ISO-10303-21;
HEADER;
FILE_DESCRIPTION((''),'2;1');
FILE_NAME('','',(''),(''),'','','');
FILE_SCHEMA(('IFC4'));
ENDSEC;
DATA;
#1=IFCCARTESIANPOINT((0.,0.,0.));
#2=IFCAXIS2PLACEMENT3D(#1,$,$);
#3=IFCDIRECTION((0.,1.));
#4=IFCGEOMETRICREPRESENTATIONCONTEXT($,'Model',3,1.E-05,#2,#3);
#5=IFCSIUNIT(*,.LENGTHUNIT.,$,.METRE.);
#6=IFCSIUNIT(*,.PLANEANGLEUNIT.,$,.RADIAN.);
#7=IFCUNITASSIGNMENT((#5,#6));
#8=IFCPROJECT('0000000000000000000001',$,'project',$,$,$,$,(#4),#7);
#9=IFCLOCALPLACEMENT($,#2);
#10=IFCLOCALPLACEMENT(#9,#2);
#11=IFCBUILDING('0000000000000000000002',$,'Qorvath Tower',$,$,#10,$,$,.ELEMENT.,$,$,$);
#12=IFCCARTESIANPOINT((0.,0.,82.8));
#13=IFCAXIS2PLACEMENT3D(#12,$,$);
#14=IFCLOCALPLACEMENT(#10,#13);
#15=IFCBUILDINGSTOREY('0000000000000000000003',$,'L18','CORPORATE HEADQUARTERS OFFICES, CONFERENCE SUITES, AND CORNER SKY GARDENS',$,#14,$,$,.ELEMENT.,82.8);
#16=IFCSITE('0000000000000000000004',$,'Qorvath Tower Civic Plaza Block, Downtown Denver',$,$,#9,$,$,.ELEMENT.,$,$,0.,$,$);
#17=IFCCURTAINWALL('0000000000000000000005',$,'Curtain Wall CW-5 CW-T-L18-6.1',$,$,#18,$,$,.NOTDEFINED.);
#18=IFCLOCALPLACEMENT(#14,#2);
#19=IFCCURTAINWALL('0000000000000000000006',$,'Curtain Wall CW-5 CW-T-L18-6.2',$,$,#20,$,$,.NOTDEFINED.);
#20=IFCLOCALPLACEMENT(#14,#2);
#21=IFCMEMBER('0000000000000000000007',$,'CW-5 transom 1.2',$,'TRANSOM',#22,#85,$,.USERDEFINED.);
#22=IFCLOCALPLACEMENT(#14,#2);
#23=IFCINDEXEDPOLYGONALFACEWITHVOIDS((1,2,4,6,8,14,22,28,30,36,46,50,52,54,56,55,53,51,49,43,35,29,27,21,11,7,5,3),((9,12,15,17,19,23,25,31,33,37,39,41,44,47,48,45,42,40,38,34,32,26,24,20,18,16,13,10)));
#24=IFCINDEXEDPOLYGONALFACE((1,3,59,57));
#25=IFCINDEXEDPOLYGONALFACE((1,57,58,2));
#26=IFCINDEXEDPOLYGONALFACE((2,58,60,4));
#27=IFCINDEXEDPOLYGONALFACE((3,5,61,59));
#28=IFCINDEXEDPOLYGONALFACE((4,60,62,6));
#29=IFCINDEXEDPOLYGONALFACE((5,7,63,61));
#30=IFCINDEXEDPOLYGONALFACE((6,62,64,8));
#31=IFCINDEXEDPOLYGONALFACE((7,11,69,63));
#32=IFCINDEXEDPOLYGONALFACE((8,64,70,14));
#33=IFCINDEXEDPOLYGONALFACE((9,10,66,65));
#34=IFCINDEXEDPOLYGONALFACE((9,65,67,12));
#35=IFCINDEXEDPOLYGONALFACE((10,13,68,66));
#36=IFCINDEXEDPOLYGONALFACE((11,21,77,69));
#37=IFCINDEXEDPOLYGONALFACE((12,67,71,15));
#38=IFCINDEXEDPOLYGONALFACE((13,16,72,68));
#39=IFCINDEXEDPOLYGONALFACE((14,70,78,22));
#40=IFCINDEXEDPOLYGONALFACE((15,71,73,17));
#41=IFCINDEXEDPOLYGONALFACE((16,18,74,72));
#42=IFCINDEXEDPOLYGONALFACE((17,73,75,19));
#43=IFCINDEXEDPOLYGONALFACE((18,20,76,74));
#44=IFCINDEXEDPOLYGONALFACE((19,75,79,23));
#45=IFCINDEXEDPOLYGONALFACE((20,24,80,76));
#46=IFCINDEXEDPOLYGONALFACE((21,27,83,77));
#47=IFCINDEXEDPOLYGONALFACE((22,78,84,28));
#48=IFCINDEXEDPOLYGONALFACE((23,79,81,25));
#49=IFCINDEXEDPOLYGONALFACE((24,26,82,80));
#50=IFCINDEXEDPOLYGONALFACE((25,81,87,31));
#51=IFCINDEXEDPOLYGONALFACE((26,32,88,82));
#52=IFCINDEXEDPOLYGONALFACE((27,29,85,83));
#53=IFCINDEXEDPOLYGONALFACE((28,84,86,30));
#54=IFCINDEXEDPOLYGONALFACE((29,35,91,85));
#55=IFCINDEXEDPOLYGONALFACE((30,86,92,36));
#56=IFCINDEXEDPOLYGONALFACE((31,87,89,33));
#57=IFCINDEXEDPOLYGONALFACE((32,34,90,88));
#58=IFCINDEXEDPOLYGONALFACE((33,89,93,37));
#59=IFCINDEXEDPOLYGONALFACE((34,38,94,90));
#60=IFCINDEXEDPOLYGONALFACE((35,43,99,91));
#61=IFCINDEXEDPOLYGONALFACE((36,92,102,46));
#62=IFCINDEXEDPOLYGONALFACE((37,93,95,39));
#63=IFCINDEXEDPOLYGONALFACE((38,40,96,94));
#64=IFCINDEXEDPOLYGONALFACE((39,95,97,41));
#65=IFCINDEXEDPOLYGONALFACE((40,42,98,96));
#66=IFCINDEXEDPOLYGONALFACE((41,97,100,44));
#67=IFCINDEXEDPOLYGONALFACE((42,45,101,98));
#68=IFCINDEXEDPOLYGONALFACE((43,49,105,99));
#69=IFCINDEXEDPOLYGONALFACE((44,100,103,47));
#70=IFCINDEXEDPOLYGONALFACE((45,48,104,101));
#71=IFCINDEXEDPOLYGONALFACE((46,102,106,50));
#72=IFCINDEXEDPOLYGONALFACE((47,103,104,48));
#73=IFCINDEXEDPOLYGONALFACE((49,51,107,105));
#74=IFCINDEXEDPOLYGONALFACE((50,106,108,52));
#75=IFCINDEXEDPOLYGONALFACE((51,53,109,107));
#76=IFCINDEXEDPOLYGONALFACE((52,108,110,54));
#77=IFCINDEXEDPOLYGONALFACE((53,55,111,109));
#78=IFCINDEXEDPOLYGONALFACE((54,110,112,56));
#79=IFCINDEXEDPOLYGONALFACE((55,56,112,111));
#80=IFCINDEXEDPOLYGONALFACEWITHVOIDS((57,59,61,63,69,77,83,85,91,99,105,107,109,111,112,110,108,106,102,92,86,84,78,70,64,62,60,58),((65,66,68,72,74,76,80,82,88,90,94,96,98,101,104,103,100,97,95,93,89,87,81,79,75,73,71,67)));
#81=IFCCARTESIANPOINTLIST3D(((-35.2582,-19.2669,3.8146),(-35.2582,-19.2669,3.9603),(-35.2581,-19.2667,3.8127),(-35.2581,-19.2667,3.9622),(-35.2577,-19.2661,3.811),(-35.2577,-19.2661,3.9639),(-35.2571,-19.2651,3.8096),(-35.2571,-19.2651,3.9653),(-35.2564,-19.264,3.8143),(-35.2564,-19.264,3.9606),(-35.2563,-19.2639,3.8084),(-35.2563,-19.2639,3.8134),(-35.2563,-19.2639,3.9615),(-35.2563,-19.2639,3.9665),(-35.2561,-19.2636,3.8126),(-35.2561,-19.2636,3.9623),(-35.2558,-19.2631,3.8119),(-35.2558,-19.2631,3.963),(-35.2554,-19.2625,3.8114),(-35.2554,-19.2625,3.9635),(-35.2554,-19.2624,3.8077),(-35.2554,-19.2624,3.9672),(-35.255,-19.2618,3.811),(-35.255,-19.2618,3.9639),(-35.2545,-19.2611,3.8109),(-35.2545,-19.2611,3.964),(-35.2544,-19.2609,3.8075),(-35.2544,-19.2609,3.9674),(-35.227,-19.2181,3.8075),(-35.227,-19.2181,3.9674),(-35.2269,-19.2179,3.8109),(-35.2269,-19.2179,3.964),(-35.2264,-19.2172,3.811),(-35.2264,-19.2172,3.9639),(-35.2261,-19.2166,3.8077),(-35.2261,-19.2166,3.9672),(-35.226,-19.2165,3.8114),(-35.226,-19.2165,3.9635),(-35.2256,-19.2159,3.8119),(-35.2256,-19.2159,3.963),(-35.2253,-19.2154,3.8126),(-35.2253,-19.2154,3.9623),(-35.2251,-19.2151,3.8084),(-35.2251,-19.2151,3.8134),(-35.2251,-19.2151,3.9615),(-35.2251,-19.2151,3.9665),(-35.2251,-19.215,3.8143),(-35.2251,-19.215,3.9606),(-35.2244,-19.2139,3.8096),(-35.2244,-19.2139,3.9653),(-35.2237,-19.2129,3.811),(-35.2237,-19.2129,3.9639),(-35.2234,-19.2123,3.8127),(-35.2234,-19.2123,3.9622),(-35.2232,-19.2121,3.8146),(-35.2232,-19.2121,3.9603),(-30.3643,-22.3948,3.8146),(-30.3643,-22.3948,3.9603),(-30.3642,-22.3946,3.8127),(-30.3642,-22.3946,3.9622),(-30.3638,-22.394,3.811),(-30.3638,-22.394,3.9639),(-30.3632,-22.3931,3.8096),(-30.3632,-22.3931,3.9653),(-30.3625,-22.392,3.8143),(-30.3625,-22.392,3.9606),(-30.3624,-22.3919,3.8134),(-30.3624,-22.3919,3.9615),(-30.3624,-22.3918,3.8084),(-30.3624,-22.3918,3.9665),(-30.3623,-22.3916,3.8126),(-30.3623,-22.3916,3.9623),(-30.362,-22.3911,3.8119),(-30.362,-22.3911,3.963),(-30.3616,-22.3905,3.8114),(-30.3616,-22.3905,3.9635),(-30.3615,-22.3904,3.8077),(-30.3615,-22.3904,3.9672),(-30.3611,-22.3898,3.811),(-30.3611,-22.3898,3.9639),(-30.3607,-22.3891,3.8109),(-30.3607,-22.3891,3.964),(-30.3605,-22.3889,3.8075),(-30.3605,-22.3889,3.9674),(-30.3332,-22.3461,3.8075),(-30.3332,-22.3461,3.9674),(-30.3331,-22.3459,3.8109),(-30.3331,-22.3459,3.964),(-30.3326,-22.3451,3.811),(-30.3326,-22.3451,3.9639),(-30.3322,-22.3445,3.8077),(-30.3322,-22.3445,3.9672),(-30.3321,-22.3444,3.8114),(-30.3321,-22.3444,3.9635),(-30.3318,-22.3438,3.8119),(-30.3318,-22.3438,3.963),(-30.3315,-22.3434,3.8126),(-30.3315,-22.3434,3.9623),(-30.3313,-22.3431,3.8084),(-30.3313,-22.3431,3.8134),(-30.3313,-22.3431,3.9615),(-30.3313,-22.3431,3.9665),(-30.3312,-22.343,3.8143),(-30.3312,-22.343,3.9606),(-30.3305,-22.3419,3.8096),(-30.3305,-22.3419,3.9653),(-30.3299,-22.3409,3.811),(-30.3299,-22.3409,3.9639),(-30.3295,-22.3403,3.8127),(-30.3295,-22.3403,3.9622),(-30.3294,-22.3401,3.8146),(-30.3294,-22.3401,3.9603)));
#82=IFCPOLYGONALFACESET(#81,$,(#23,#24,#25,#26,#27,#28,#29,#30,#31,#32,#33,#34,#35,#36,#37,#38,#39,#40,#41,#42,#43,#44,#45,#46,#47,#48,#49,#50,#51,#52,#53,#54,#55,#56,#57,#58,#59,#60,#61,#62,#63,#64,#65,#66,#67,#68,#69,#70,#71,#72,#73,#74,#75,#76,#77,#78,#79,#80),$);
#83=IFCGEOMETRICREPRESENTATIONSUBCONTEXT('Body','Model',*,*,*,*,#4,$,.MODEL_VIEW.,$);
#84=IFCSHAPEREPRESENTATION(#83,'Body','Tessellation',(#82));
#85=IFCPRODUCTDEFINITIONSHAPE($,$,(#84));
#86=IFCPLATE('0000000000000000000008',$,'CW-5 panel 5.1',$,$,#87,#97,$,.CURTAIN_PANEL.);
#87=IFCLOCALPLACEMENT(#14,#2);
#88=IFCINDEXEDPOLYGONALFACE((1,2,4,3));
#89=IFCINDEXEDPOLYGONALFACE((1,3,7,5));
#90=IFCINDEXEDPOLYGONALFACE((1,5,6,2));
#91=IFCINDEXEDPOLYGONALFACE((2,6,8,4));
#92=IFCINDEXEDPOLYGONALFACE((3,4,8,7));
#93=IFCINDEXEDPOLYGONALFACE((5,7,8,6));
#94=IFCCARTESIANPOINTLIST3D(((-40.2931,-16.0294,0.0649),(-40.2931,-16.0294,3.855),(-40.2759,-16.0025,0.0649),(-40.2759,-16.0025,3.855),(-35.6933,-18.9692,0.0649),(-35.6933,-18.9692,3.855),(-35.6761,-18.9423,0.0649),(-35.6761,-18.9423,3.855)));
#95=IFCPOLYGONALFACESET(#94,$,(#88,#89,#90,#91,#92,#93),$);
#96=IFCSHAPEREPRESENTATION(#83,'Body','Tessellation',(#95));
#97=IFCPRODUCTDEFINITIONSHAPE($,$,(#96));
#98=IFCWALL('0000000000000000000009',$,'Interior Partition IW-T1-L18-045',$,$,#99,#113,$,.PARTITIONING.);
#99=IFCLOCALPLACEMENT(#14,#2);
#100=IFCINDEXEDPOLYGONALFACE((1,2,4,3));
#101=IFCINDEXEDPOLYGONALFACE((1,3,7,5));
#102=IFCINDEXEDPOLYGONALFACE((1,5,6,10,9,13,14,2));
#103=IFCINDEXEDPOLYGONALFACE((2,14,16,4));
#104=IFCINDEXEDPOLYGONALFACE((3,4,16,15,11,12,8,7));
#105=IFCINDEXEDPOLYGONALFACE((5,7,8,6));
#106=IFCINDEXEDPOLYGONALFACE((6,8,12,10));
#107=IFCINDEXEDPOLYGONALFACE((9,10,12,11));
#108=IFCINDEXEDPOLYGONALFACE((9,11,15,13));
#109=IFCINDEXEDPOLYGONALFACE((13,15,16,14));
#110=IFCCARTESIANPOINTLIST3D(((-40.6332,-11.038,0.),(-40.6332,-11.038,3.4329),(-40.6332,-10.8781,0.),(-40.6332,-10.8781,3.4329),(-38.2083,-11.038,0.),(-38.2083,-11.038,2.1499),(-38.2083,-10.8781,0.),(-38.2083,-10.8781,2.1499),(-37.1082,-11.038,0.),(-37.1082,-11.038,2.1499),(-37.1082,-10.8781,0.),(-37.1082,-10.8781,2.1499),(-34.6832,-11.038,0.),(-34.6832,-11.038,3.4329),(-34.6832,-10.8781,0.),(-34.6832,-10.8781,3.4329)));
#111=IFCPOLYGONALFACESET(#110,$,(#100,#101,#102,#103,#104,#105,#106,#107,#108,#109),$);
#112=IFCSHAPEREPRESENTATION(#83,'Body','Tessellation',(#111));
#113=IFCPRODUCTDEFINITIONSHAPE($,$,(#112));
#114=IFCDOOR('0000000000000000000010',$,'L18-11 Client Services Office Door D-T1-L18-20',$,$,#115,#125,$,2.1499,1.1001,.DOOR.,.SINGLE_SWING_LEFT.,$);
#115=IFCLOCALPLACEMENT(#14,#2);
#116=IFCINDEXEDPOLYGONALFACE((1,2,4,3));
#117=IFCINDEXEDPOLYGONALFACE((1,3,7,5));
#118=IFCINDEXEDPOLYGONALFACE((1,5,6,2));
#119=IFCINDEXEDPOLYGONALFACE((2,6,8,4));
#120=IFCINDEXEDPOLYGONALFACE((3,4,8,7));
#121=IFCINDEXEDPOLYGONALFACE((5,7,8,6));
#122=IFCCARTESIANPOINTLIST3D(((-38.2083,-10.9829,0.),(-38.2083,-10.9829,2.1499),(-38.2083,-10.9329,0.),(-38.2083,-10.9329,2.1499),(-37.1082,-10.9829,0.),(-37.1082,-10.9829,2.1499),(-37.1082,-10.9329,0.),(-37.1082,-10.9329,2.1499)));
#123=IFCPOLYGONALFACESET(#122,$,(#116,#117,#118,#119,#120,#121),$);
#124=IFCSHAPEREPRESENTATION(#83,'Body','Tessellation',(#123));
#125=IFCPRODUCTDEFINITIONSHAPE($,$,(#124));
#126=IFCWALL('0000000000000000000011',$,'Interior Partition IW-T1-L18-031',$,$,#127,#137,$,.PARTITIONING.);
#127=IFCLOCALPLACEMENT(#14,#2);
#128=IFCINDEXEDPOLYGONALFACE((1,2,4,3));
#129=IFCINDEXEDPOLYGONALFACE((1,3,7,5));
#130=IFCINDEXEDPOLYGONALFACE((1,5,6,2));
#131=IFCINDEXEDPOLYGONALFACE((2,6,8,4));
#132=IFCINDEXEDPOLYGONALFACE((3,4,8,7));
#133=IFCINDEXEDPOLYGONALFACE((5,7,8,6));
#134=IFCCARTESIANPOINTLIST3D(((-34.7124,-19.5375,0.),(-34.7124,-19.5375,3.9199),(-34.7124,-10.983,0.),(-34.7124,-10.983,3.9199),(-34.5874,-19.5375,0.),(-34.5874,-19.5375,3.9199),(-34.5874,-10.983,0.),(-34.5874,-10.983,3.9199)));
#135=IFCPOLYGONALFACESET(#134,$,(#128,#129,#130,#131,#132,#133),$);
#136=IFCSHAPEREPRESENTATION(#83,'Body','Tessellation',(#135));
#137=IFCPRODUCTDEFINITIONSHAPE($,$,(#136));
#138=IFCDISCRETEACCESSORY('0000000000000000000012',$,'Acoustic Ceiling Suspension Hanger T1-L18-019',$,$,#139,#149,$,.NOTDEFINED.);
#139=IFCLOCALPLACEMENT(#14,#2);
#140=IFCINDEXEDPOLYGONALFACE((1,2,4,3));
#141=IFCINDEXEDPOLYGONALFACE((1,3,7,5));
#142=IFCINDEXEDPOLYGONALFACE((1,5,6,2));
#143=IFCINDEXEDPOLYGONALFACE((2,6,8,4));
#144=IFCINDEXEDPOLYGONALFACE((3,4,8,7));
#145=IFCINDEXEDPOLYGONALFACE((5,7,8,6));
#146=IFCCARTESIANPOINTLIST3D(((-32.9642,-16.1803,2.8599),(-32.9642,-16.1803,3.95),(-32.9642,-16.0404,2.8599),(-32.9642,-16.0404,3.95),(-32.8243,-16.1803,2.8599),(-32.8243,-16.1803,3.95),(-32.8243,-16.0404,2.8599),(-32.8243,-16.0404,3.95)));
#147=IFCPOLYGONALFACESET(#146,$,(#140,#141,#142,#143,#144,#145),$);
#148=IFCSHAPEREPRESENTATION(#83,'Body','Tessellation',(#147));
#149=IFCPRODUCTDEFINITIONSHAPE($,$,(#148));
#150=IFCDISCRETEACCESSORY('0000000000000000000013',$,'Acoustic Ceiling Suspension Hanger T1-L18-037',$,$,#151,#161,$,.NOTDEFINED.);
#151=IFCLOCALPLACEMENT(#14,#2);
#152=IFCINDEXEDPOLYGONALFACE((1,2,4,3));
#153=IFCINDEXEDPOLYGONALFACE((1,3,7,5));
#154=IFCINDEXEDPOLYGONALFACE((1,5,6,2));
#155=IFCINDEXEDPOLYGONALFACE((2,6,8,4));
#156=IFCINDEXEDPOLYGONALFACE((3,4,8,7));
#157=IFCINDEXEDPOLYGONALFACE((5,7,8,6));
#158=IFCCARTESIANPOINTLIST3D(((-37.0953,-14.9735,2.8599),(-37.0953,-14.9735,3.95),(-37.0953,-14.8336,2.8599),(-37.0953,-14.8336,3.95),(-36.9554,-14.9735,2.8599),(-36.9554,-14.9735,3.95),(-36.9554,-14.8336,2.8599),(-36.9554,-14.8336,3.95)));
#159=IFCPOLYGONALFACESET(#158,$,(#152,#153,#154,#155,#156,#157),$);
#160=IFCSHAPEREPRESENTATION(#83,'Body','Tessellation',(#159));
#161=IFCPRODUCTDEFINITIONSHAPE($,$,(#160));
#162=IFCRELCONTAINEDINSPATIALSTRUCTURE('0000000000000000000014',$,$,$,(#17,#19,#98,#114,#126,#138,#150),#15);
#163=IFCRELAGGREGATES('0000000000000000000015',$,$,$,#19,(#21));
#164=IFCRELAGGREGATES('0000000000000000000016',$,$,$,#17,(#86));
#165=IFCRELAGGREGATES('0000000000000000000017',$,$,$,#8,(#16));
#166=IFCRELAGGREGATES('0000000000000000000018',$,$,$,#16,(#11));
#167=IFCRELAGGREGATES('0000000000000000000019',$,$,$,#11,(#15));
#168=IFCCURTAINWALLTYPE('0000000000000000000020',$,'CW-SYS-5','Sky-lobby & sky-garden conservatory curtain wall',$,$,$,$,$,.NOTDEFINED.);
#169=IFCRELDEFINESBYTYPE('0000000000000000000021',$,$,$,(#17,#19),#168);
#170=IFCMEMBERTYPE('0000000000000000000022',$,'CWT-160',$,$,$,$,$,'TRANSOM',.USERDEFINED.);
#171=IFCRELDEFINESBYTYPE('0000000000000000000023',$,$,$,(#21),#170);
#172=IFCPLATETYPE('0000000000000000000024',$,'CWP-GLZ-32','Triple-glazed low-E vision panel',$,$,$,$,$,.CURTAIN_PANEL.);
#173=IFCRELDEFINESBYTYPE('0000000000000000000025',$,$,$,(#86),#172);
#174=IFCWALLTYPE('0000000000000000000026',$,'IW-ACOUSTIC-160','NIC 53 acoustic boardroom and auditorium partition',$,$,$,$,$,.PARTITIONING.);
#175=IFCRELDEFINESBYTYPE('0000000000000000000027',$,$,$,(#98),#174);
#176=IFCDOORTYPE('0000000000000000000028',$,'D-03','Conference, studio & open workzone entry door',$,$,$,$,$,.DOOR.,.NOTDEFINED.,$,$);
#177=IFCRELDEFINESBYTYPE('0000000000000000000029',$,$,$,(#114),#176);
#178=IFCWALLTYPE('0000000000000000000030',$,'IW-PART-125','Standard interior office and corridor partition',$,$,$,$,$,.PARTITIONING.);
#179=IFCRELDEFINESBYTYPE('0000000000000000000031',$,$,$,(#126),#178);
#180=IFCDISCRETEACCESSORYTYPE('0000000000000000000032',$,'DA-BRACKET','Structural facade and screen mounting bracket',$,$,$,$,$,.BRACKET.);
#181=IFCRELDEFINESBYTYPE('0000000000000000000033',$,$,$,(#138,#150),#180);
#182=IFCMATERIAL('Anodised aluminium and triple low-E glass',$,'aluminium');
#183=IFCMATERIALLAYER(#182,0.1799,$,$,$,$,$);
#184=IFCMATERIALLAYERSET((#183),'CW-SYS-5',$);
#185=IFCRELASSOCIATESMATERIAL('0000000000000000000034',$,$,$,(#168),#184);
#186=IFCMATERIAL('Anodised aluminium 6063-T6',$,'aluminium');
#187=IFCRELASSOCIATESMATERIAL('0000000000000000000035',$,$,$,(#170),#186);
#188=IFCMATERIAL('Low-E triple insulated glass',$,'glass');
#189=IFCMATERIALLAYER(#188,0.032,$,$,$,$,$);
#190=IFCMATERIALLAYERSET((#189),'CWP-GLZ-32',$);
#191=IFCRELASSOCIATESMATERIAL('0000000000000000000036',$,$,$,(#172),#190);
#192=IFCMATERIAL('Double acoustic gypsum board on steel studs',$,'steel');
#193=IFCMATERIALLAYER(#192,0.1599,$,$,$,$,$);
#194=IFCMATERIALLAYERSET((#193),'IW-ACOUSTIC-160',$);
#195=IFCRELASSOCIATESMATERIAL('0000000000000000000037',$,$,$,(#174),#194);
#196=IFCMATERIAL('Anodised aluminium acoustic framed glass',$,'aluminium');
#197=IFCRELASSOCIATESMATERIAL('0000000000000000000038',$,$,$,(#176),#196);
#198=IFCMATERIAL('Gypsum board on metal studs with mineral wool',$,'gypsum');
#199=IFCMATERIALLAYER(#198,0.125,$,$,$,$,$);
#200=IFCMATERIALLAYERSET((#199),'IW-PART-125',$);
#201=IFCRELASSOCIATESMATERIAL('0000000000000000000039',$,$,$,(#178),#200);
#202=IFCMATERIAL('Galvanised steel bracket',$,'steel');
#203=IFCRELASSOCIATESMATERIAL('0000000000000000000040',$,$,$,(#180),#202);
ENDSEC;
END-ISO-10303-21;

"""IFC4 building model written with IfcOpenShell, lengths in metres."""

from ifc_helpers import new_model, si_unit, direction, frame, frame_2d, origin, origin_2d, place, context, subcontext, project, spatial, rectangle, hollow_rectangle, extrude, material, layer, layer_set, material_profile, profile_set, type_object, element, fill, aggregate, save


model = new_model("IFC4")

# Units and contexts
model_context = context("Model", 3, precision=1e-05, world=origin(), true_north=direction((0.0, 1.0)))
body_context = subcontext(model_context, "Body", "Model", "MODEL_VIEW")
ifc_project = project(units=[si_unit("LENGTHUNIT", "METRE"), si_unit("PLANEANGLEUNIT", "RADIAN")], contexts=[model_context])

# Site, building, storey
site_placement = place(None, origin())
site = spatial("IfcSite", under=ifc_project, at=site_placement, Name="Qorvath Tower Civic Plaza Block, Downtown Denver", CompositionType="ELEMENT", RefElevation=0.0)
building_placement = place(site_placement, origin())
building = spatial("IfcBuilding", under=site, at=building_placement, Name="Qorvath Tower", CompositionType="ELEMENT")
storey_placement = place(building_placement, frame((0.0, 0.0, 82.8)))
storey = spatial("IfcBuildingStorey", under=building, at=storey_placement, Name="L18", Description="CORPORATE HEADQUARTERS OFFICES, CONFERENCE SUITES, AND CORNER SKY GARDENS", CompositionType="ELEMENT", Elevation=82.8)

# Curtain wall
ifc_material_1 = material(Name="Anodised aluminium and triple low-E glass", Category="aluminium")
ifc_layer_1 = layer(ifc_material_1, 0.1799)
ifc_layer_set_1 = layer_set([ifc_layer_1], Name="CW-SYS-5")
curtain_wall_type = type_object("IfcCurtainWallType", Name="CW-SYS-5", Description="Sky-lobby & sky-garden conservatory curtain wall", PredefinedType="NOTDEFINED", material=ifc_layer_set_1)
curtain_wall_1_placement = place(storey_placement, origin())
curtain_wall_1 = element("IfcCurtainWall", 1, at=curtain_wall_1_placement, inside=storey, type_object=curtain_wall_type, Name="Curtain Wall CW-5 CW-T-L18-6.1", PredefinedType="NOTDEFINED")

# Curtain wall
curtain_wall_2_placement = place(storey_placement, origin())
curtain_wall_2 = element("IfcCurtainWall", 2, at=curtain_wall_2_placement, inside=storey, type_object=curtain_wall_type, Name="Curtain Wall CW-5 CW-T-L18-6.2", PredefinedType="NOTDEFINED")

# Member
ifc_material_2 = material(Name="Anodised aluminium 6063-T6", Category="aluminium")
ifc_material_profile_1 = material_profile(ifc_material_2, hollow_rectangle(XDim=0.0649, YDim=0.1599, WallThickness=0.0034, InnerFilletRadius=0.0034, OuterFilletRadius=0.0071, at=origin_2d()), Name="CWT 160x65")
ifc_profile_set_1 = profile_set([ifc_material_profile_1], Name="Anodised aluminium 6063-T6")
member_type_1 = type_object("IfcMemberType", Name="CWT-160", ElementType="TRANSOM", PredefinedType="USERDEFINED", material=ifc_profile_set_1)
member_1_placement = place(storey_placement, frame((-35.2407, -19.2395, 3.8875), z_axis=(0.842592, -0.538553, 0.0), x_axis=(0.538553, 0.842592, 0.0)))
member_1 = element("IfcMember", 3, at=member_1_placement, type_object=member_type_1, Name="CW-5 transom 1.2", ObjectType="TRANSOM", PredefinedType="USERDEFINED", context=body_context, shape_type="SweptSolid", body=[
    extrude(hollow_rectangle(XDim=0.0649, YDim=0.1599, WallThickness=0.0034, InnerFilletRadius=0.0034, OuterFilletRadius=0.0071, at=origin_2d()), origin(), (0.0, 0.0, 1.0), 5.8081),
])
aggregate(curtain_wall_2, [member_1])

# Plate
ifc_material_3 = material(Name="Low-E triple insulated glass", Category="glass")
ifc_layer_2 = layer(ifc_material_3, 0.032)
ifc_layer_set_2 = layer_set([ifc_layer_2], Name="CWP-GLZ-32")
plate_type = type_object("IfcPlateType", Name="CWP-GLZ-32", Description="Triple-glazed low-E vision panel", PredefinedType="CURTAIN_PANEL", material=ifc_layer_set_2)
plate_placement = place(storey_placement, frame((-37.9846, -17.4858, 0.0649), z_axis=(0.0, 0.0, 1.0), x_axis=(0.842608, -0.538528, 0.0)))
plate = element("IfcPlate", 4, at=plate_placement, type_object=plate_type, Name="CW-5 panel 5.1", PredefinedType="CURTAIN_PANEL", context=body_context, shape_type="SweptSolid", body=[
    extrude(rectangle(XDim=5.459, YDim=0.032, at=origin_2d()), origin(), (0.0, 0.0, 1.0), 3.79),
])
aggregate(curtain_wall_1, [plate])

# Wall, opening, door
ifc_material_4 = material(Name="Double acoustic gypsum board on steel studs", Category="steel")
ifc_layer_3 = layer(ifc_material_4, 0.1599)
ifc_layer_set_3 = layer_set([ifc_layer_3], Name="IW-ACOUSTIC-160")
wall_type_1 = type_object("IfcWallType", Name="IW-ACOUSTIC-160", Description="NIC 53 acoustic boardroom and auditorium partition", PredefinedType="PARTITIONING", material=ifc_layer_set_3)
wall_1_placement = place(storey_placement, frame((-34.6831, -10.958, 0.0), z_axis=(0.0, 0.0, 1.0), x_axis=(-1.0, 0.0, 0.0)))
wall_1 = element("IfcWall", 5, at=wall_1_placement, inside=storey, type_object=wall_type_1, Name="Interior Partition IW-T1-L18-045", PredefinedType="PARTITIONING", context=body_context, shape_type="SweptSolid", body=[
    extrude(rectangle(XDim=5.95, YDim=0.1599, at=frame_2d((2.9751, 0.0))), origin(), (0.0, 0.0, 1.0), 3.4329),
])
opening_placement = place(wall_1_placement, frame((2.425, 0.0, 0.0)))
opening = element("IfcOpeningElement", 6, at=opening_placement, cuts=wall_1, PredefinedType="OPENING", context=body_context, shape_type="SweptSolid", body=[
    extrude(rectangle(XDim=1.1001, YDim=2.1499, at=frame_2d((0.55, 1.075))), frame((0.0, 0.0898, 0.0), z_axis=(0.0, -1.0, 0.0), x_axis=(1.0, 0.0, 0.0)), (0.0, 0.0, 1.0), 0.1799),
])
ifc_material_5 = material(Name="Anodised aluminium acoustic framed glass", Category="aluminium")
door_type = type_object("IfcDoorType", Name="D-03", Description="Conference, studio & open workzone entry door", OperationType="NOTDEFINED", PredefinedType="DOOR", material=ifc_material_5)
door_placement = place(opening_placement, origin())
door = element("IfcDoor", 7, at=door_placement, inside=storey, type_object=door_type, Name="L18-11 Client Services Office Door D-T1-L18-20", OperationType="SINGLE_SWING_LEFT", OverallHeight=2.1499, OverallWidth=1.1001, PredefinedType="DOOR", context=body_context, shape_type="SweptSolid", body=[
    extrude(rectangle(XDim=1.1001, YDim=2.1499, at=frame_2d((0.55, 1.075))), frame((0.0, 0.0249, 0.0), z_axis=(0.0, -1.0, 0.0), x_axis=(1.0, 0.0, 0.0)), (0.0, 0.0, 1.0), 0.05),
])
fill(opening, door)

# Wall
ifc_material_6 = material(Name="Gypsum board on metal studs with mineral wool", Category="gypsum")
ifc_layer_4 = layer(ifc_material_6, 0.125)
ifc_layer_set_4 = layer_set([ifc_layer_4], Name="IW-PART-125")
wall_type_2 = type_object("IfcWallType", Name="IW-PART-125", Description="Standard interior office and corridor partition", PredefinedType="PARTITIONING", material=ifc_layer_set_4)
wall_2_placement = place(storey_placement, frame((-34.6499, -10.9829, 0.0), z_axis=(0.0, 0.0, 1.0), x_axis=(0.0, -1.0, 0.0)))
element("IfcWall", 8, at=wall_2_placement, inside=storey, type_object=wall_type_2, Name="Interior Partition IW-T1-L18-031", PredefinedType="PARTITIONING", context=body_context, shape_type="SweptSolid", body=[
    extrude(rectangle(XDim=8.5544, YDim=0.125, at=frame_2d((4.2773, 0.0))), origin(), (0.0, 0.0, 1.0), 3.9199),
])

# Discrete accessories
ifc_material_7 = material(Name="Galvanised steel bracket", Category="steel")
discrete_accessory_type = type_object("IfcDiscreteAccessoryType", Name="DA-BRACKET", Description="Structural facade and screen mounting bracket", PredefinedType="BRACKET", material=ifc_material_7)
for number, where, z_axis, x_axis, name in (
    (9, (-32.8943, -16.1104, 2.8599), (0.0, 0.0, 1.0), (1.0, 0.0, 0.0), "Acoustic Ceiling Suspension Hanger T1-L18-019"),
    (10, (-37.0254, -14.9036, 2.8599), (0.0, 0.0, 1.0), (1.0, 0.0, 0.0), "Acoustic Ceiling Suspension Hanger T1-L18-037"),
):
    element("IfcDiscreteAccessory", number, at=place(storey_placement, frame(where, z_axis=z_axis, x_axis=x_axis)), inside=storey, type_object=discrete_accessory_type, Name=name, PredefinedType="NOTDEFINED", context=body_context, shape_type="SweptSolid", body=[
        extrude(rectangle(XDim=0.1399, YDim=0.1399, at=origin_2d()), origin(), (0.0, 0.0, 1.0), 1.0901),
    ])

save(model, "model.ifc")
